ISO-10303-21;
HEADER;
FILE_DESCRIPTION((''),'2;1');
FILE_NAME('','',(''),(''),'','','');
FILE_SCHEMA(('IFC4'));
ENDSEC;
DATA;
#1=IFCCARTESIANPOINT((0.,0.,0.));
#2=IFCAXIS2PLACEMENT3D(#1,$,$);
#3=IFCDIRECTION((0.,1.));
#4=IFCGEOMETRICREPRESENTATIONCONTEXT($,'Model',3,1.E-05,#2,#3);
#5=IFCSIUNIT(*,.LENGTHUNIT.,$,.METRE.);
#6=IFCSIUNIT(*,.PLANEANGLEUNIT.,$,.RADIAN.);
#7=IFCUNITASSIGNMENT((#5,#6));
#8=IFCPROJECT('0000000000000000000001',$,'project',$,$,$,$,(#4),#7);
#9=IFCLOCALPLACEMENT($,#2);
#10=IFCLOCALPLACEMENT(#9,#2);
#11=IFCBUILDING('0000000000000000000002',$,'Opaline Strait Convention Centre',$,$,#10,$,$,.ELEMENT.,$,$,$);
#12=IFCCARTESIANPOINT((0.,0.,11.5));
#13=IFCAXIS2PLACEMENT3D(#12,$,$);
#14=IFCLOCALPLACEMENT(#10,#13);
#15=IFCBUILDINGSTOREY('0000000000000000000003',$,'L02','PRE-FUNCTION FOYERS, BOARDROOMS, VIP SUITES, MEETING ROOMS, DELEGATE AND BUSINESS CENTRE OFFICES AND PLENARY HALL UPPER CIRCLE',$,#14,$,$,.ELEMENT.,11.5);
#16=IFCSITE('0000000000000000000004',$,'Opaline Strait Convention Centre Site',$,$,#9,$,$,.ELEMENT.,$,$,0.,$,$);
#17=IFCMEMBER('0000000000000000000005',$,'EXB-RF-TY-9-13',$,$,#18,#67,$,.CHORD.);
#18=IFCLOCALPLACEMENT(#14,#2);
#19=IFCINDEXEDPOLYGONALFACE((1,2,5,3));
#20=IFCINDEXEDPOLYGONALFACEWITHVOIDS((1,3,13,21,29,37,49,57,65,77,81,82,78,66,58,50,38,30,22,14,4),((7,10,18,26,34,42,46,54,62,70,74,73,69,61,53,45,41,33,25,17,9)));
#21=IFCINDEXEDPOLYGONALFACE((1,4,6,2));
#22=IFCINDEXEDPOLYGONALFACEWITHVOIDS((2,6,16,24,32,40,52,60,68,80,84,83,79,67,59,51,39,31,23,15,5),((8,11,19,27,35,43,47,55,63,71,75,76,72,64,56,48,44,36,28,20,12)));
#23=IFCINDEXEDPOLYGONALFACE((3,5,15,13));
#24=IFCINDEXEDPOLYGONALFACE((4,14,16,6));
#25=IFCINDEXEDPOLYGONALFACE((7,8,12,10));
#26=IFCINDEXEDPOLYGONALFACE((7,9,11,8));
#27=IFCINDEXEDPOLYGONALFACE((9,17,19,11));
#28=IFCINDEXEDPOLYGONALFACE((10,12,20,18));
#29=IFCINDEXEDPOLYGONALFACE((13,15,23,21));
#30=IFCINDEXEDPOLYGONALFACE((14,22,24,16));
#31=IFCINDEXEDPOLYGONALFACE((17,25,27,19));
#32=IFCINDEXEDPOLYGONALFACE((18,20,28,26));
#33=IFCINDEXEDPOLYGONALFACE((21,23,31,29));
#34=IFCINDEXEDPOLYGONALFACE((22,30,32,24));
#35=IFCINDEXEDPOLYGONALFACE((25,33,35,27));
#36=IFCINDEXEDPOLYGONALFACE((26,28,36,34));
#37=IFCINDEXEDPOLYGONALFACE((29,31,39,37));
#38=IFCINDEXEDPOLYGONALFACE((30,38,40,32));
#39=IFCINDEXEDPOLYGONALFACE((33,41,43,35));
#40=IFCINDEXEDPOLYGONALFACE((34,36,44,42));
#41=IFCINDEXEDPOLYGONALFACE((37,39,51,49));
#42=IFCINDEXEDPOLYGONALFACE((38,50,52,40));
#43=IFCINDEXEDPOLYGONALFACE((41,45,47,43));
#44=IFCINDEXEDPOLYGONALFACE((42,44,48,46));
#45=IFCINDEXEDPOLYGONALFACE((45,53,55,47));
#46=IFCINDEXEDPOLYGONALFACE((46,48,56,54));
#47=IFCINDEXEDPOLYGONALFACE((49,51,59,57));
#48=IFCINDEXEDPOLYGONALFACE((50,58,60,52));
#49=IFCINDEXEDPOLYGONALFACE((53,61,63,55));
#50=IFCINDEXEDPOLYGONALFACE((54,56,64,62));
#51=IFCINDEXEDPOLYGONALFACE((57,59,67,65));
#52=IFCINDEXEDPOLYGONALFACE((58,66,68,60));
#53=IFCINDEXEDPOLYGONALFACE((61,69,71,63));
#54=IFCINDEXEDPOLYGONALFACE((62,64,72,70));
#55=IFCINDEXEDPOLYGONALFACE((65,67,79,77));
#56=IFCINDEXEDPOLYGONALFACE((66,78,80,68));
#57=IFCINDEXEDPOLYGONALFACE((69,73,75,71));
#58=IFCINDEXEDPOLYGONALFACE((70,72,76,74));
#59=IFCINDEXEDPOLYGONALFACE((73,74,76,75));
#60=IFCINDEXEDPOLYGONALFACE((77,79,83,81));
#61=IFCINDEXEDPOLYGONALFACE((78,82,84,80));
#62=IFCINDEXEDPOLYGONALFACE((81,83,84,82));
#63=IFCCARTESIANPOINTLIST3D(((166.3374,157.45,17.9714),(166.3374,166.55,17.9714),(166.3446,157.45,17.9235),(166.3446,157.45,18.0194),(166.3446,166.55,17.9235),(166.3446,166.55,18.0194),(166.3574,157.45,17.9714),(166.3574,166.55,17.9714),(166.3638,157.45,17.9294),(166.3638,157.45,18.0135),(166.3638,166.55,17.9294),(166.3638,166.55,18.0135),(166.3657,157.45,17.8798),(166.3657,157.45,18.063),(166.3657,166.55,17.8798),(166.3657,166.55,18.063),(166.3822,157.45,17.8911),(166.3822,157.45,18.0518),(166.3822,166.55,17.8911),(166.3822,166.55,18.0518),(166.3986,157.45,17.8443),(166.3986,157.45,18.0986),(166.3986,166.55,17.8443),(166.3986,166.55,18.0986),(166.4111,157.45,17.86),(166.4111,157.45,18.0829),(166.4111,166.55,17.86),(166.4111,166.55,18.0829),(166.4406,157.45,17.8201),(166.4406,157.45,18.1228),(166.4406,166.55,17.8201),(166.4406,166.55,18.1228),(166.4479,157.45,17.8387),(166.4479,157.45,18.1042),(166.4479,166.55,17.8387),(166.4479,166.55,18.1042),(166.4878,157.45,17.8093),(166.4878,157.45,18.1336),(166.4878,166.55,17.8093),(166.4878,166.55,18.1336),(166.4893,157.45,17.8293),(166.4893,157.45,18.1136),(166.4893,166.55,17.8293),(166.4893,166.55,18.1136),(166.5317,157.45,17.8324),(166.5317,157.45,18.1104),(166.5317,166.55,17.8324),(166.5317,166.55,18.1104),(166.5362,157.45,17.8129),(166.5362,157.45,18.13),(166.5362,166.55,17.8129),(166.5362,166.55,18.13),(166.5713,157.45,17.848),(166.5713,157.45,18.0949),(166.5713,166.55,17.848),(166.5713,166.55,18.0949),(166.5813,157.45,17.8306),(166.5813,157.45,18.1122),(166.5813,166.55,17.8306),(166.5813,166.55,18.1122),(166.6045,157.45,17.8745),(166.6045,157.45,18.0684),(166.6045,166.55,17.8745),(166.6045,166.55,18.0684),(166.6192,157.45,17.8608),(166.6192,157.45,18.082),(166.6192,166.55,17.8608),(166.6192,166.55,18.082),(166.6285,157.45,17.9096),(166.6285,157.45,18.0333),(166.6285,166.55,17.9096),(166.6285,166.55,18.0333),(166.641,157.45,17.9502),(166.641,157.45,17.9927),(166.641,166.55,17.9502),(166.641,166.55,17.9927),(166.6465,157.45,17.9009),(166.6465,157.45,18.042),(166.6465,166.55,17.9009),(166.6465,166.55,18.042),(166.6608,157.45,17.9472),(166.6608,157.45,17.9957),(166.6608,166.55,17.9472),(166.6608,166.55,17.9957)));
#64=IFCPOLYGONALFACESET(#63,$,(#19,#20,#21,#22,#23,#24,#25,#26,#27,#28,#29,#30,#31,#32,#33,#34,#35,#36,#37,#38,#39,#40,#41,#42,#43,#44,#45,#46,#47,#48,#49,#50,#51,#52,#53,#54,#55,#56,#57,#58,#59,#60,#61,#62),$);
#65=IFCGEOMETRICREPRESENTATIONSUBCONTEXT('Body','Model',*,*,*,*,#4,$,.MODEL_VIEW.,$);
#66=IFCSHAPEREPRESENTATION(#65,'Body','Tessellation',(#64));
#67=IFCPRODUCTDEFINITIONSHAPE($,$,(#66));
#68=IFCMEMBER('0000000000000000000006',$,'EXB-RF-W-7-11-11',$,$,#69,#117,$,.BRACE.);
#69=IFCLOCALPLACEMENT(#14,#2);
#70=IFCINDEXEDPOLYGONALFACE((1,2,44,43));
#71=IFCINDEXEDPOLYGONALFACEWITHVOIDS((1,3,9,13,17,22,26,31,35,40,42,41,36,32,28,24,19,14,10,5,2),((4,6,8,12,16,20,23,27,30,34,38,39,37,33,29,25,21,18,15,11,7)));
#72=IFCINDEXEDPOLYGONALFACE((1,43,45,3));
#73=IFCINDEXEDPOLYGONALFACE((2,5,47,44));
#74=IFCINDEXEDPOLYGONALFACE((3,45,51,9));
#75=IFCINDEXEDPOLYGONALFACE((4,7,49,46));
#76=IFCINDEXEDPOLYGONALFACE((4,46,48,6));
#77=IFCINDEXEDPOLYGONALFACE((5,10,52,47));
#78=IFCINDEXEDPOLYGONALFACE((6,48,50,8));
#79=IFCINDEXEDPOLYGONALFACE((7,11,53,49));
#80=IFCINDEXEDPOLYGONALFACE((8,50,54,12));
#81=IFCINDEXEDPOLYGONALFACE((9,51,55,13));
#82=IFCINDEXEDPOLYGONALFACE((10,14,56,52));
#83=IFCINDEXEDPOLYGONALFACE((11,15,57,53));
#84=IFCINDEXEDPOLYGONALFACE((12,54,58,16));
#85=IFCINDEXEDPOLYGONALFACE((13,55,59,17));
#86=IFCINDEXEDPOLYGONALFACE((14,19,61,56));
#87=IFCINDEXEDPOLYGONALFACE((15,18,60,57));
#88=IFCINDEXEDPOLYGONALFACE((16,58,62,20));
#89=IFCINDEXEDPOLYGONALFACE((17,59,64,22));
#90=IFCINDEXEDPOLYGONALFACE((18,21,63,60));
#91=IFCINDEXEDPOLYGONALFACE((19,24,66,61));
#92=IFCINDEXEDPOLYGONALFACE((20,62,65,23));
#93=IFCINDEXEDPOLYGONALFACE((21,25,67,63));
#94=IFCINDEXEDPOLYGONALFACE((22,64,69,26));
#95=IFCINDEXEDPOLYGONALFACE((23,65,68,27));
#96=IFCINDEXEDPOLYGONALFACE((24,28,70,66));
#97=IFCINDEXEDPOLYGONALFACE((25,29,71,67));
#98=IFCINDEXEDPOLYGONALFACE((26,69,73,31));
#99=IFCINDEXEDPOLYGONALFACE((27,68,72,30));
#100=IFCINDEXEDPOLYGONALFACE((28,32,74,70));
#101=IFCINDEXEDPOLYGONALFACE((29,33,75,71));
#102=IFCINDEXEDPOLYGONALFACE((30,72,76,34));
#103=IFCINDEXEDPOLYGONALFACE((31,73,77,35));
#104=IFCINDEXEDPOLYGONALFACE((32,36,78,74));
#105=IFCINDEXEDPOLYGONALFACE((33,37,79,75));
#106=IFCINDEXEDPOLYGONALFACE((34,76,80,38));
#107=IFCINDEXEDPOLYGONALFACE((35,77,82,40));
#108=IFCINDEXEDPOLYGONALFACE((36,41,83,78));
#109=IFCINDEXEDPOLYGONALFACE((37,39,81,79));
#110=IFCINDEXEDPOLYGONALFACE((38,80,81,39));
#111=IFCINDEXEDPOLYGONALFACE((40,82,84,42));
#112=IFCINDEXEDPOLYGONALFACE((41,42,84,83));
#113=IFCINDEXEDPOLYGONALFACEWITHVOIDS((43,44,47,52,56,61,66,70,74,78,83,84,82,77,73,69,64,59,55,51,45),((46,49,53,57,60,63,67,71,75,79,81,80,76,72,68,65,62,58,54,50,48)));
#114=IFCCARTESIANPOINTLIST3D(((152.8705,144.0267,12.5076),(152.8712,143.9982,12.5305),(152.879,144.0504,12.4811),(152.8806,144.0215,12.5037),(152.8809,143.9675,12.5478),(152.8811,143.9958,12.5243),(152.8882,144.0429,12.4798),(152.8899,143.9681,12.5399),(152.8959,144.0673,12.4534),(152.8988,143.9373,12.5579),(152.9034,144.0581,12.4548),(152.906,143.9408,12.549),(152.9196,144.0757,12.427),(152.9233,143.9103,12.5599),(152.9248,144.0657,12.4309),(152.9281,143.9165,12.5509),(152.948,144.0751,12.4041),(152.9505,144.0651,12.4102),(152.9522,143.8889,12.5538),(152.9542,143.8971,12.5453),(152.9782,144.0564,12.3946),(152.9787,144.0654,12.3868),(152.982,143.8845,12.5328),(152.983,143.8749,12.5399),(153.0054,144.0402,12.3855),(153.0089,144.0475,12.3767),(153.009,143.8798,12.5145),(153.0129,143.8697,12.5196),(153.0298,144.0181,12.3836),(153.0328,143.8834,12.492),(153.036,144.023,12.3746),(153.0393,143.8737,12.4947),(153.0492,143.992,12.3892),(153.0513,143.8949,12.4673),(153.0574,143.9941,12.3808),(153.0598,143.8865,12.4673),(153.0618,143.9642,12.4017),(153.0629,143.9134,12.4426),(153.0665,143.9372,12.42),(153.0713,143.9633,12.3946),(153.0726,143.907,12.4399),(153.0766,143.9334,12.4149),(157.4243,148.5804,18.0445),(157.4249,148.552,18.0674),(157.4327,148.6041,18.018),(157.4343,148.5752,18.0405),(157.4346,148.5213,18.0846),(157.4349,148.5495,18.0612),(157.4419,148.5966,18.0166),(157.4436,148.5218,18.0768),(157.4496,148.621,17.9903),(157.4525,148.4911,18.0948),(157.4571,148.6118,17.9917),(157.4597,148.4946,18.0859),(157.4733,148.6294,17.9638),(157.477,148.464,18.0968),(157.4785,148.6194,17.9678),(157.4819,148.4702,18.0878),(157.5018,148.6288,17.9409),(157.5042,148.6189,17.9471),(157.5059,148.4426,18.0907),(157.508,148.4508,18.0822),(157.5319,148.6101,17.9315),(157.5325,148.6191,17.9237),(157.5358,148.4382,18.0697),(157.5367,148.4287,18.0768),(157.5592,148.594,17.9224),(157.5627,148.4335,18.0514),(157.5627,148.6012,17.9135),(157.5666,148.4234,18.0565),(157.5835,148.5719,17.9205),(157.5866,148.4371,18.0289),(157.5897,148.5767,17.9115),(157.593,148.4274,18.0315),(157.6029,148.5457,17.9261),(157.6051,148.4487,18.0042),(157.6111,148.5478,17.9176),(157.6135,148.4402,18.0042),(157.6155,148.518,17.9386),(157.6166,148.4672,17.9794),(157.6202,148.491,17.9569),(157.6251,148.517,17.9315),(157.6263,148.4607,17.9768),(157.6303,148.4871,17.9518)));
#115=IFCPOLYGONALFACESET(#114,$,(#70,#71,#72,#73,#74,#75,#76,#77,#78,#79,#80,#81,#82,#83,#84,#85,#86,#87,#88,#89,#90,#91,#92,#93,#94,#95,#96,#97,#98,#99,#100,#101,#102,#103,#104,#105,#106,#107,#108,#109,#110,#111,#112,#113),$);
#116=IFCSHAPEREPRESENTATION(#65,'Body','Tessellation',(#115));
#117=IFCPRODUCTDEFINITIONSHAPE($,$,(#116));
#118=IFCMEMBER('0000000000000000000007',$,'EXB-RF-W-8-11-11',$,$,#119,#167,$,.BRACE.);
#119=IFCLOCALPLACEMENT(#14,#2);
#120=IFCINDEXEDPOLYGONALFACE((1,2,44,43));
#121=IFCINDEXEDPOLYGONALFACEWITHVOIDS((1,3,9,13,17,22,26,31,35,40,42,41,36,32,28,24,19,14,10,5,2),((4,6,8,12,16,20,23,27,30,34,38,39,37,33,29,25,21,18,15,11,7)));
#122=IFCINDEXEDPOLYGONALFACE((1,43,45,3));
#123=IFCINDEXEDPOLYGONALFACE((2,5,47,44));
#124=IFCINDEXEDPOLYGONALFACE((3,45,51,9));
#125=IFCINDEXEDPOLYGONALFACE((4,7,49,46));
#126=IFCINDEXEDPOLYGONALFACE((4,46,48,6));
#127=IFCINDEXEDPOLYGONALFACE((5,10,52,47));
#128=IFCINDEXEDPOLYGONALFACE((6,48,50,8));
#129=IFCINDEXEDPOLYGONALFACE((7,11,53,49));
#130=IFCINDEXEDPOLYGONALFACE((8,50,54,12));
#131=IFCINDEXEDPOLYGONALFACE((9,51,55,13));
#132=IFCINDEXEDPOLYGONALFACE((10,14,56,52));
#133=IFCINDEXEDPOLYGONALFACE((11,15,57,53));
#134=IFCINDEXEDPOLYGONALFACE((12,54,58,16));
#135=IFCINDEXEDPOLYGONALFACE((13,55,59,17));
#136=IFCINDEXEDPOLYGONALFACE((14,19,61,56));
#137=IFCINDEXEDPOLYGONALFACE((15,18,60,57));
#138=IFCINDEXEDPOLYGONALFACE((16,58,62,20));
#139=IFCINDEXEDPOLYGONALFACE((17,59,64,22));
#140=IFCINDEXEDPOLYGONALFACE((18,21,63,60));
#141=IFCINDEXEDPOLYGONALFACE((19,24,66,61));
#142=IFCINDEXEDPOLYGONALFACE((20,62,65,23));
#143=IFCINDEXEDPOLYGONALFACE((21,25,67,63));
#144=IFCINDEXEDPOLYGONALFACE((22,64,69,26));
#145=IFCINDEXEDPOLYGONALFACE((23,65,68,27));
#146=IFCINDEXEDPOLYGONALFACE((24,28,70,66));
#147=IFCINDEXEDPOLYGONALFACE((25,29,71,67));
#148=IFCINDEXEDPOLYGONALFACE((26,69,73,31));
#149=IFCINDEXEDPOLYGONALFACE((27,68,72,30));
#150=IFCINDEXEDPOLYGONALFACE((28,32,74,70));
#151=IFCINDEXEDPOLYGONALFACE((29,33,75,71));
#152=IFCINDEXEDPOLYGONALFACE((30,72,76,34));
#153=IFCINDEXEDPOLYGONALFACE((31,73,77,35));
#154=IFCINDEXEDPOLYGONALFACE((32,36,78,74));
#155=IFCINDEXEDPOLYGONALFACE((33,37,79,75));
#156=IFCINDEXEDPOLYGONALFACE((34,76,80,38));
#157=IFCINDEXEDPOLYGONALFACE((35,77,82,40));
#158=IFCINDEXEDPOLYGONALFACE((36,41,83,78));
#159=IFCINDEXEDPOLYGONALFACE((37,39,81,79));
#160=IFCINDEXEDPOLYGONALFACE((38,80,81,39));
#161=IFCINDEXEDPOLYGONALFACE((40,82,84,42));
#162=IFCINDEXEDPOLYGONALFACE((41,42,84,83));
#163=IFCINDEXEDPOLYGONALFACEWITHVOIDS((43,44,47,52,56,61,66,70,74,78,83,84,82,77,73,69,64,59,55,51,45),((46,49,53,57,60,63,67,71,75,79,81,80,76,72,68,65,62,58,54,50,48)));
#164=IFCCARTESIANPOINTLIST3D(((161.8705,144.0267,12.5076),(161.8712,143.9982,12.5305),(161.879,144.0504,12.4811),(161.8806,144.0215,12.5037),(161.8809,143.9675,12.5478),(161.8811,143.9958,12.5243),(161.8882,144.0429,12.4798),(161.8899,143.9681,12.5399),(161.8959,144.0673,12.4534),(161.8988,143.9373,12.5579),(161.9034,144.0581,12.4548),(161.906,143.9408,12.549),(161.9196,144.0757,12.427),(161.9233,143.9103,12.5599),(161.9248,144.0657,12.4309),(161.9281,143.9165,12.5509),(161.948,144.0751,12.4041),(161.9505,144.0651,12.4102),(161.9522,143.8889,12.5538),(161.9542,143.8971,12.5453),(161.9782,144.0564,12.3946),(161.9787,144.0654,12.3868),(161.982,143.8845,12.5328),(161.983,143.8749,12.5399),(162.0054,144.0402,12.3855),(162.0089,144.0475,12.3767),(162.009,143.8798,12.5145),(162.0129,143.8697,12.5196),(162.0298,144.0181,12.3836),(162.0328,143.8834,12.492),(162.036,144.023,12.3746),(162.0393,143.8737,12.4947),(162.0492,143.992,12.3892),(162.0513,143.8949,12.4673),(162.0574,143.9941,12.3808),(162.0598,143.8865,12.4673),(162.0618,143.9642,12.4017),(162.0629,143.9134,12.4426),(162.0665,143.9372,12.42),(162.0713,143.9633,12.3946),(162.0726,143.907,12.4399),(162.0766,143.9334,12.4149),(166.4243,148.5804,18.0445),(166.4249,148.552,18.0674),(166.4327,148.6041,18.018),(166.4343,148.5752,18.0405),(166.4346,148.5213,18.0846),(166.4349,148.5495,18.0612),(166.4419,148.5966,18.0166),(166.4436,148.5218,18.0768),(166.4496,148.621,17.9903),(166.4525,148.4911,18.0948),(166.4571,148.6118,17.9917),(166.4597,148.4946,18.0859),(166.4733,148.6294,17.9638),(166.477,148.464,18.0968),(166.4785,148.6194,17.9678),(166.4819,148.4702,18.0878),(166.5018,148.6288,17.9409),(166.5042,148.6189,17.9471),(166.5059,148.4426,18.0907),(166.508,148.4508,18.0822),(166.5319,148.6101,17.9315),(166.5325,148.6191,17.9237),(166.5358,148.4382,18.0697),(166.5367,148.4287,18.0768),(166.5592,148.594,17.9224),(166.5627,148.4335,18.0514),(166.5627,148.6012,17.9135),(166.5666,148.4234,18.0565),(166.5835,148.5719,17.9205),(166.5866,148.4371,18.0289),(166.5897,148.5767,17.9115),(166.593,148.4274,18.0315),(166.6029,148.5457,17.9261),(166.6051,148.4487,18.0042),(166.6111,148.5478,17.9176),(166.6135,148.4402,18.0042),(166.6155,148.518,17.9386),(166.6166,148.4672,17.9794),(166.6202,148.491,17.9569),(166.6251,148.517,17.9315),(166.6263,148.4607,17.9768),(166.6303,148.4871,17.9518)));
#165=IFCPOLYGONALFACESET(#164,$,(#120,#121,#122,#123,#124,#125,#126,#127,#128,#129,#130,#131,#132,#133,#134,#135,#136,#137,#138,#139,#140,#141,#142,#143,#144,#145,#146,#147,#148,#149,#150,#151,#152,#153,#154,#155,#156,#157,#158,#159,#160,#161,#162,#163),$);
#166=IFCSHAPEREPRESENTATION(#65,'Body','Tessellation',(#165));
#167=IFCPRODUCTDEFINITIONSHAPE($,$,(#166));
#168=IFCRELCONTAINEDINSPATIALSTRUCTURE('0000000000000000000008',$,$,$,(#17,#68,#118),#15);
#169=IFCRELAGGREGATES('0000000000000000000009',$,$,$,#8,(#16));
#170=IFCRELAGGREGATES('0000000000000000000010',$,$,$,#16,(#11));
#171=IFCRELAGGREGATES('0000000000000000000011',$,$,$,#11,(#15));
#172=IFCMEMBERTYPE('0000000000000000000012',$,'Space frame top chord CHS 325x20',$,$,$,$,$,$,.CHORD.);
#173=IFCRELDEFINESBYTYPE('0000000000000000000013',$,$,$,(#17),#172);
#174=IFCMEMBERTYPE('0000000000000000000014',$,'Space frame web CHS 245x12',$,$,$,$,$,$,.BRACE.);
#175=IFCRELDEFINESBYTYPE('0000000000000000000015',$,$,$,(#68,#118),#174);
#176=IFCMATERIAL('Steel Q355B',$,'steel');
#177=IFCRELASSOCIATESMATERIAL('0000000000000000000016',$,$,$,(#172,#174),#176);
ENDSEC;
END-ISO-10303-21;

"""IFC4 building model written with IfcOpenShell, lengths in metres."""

from ifc_helpers import new_model, si_unit, direction, frame, origin, origin_2d, place, context, subcontext, project, spatial, hollow_circle, extrude, material, material_profile, profile_set, type_object, element, save


model = new_model("IFC4")

# Units and contexts
model_context = context("Model", 3, precision=1e-05, world=origin(), true_north=direction((0.0, 1.0)))
body_context = subcontext(model_context, "Body", "Model", "MODEL_VIEW")
ifc_project = project(units=[si_unit("LENGTHUNIT", "METRE"), si_unit("PLANEANGLEUNIT", "RADIAN")], contexts=[model_context])

# Site, building, storey
site_placement = place(None, origin())
site = spatial("IfcSite", under=ifc_project, at=site_placement, Name="Opaline Strait Convention Centre Site", CompositionType="ELEMENT", RefElevation=0.0)
building_placement = place(site_placement, origin())
building = spatial("IfcBuilding", under=site, at=building_placement, Name="Opaline Strait Convention Centre", CompositionType="ELEMENT")
storey_placement = place(building_placement, frame((0.0, 0.0, 11.5)))
storey = spatial("IfcBuildingStorey", under=building, at=storey_placement, Name="L02", Description="PRE-FUNCTION FOYERS, BOARDROOMS, VIP SUITES, MEETING ROOMS, DELEGATE AND BUSINESS CENTRE OFFICES AND PLENARY HALL UPPER CIRCLE", CompositionType="ELEMENT", Elevation=11.5)

# Shared definitions
ifc_material_1 = material(Name="Steel Q355B", Category="steel")

# Members
ifc_material_profile_1 = material_profile(ifc_material_1, hollow_circle(Radius=0.1626, WallThickness=0.02, at=origin_2d()), Name="CHS 325x20")
ifc_profile_set_1 = profile_set([ifc_material_profile_1], Name="Steel Q355B")
member_type_1 = type_object("IfcMemberType", Name="Space frame top chord CHS 325x20", PredefinedType="CHORD", material=ifc_profile_set_1)
for number, where, z_axis, x_axis, name in (
    (1, (166.5, 157.45, 17.9714), (0.0, 1.0, 0.0), (-1.0, 0.0, 0.0), "EXB-RF-TY-9-13"),
):
    element("IfcMember", number, at=place(storey_placement, frame(where, z_axis=z_axis, x_axis=x_axis)), inside=storey, type_object=member_type_1, Name=name, PredefinedType="CHORD", context=body_context, shape_type="SweptSolid", body=[
        extrude(hollow_circle(Radius=0.1626, WallThickness=0.02, at=origin_2d()), origin(), (0.0, 0.0, 1.0), 9.1001),
    ])
ifc_material_profile_2 = material_profile(ifc_material_1, hollow_circle(Radius=0.1226, WallThickness=0.012, at=origin_2d()), Name="CHS 245x12")
ifc_profile_set_2 = profile_set([ifc_material_profile_2], Name="Steel Q355B")
member_type_2 = type_object("IfcMemberType", Name="Space frame web CHS 245x12", PredefinedType="BRACE", material=ifc_profile_set_2)
for number, where, z_axis, x_axis, name in (
    (2, (157.5269, 148.5269, 18.0042), (-0.536178, -0.536178, -0.65194), (0.707107, -0.707107, 0.0), "EXB-RF-W-7-11-11"),
    (3, (166.5269, 148.5269, 18.0042), (-0.536178, -0.536178, -0.65194), (0.707107, -0.707107, 0.0), "EXB-RF-W-8-11-11"),
):
    element("IfcMember", number, at=place(storey_placement, frame(where, z_axis=z_axis, x_axis=x_axis)), inside=storey, type_object=member_type_2, Name=name, PredefinedType="BRACE", context=body_context, shape_type="SweptSolid", body=[
        extrude(hollow_circle(Radius=0.1226, WallThickness=0.012, at=origin_2d()), origin(), (0.0, 0.0, 1.0), 8.4929),
    ])

save(model, "model.ifc")
